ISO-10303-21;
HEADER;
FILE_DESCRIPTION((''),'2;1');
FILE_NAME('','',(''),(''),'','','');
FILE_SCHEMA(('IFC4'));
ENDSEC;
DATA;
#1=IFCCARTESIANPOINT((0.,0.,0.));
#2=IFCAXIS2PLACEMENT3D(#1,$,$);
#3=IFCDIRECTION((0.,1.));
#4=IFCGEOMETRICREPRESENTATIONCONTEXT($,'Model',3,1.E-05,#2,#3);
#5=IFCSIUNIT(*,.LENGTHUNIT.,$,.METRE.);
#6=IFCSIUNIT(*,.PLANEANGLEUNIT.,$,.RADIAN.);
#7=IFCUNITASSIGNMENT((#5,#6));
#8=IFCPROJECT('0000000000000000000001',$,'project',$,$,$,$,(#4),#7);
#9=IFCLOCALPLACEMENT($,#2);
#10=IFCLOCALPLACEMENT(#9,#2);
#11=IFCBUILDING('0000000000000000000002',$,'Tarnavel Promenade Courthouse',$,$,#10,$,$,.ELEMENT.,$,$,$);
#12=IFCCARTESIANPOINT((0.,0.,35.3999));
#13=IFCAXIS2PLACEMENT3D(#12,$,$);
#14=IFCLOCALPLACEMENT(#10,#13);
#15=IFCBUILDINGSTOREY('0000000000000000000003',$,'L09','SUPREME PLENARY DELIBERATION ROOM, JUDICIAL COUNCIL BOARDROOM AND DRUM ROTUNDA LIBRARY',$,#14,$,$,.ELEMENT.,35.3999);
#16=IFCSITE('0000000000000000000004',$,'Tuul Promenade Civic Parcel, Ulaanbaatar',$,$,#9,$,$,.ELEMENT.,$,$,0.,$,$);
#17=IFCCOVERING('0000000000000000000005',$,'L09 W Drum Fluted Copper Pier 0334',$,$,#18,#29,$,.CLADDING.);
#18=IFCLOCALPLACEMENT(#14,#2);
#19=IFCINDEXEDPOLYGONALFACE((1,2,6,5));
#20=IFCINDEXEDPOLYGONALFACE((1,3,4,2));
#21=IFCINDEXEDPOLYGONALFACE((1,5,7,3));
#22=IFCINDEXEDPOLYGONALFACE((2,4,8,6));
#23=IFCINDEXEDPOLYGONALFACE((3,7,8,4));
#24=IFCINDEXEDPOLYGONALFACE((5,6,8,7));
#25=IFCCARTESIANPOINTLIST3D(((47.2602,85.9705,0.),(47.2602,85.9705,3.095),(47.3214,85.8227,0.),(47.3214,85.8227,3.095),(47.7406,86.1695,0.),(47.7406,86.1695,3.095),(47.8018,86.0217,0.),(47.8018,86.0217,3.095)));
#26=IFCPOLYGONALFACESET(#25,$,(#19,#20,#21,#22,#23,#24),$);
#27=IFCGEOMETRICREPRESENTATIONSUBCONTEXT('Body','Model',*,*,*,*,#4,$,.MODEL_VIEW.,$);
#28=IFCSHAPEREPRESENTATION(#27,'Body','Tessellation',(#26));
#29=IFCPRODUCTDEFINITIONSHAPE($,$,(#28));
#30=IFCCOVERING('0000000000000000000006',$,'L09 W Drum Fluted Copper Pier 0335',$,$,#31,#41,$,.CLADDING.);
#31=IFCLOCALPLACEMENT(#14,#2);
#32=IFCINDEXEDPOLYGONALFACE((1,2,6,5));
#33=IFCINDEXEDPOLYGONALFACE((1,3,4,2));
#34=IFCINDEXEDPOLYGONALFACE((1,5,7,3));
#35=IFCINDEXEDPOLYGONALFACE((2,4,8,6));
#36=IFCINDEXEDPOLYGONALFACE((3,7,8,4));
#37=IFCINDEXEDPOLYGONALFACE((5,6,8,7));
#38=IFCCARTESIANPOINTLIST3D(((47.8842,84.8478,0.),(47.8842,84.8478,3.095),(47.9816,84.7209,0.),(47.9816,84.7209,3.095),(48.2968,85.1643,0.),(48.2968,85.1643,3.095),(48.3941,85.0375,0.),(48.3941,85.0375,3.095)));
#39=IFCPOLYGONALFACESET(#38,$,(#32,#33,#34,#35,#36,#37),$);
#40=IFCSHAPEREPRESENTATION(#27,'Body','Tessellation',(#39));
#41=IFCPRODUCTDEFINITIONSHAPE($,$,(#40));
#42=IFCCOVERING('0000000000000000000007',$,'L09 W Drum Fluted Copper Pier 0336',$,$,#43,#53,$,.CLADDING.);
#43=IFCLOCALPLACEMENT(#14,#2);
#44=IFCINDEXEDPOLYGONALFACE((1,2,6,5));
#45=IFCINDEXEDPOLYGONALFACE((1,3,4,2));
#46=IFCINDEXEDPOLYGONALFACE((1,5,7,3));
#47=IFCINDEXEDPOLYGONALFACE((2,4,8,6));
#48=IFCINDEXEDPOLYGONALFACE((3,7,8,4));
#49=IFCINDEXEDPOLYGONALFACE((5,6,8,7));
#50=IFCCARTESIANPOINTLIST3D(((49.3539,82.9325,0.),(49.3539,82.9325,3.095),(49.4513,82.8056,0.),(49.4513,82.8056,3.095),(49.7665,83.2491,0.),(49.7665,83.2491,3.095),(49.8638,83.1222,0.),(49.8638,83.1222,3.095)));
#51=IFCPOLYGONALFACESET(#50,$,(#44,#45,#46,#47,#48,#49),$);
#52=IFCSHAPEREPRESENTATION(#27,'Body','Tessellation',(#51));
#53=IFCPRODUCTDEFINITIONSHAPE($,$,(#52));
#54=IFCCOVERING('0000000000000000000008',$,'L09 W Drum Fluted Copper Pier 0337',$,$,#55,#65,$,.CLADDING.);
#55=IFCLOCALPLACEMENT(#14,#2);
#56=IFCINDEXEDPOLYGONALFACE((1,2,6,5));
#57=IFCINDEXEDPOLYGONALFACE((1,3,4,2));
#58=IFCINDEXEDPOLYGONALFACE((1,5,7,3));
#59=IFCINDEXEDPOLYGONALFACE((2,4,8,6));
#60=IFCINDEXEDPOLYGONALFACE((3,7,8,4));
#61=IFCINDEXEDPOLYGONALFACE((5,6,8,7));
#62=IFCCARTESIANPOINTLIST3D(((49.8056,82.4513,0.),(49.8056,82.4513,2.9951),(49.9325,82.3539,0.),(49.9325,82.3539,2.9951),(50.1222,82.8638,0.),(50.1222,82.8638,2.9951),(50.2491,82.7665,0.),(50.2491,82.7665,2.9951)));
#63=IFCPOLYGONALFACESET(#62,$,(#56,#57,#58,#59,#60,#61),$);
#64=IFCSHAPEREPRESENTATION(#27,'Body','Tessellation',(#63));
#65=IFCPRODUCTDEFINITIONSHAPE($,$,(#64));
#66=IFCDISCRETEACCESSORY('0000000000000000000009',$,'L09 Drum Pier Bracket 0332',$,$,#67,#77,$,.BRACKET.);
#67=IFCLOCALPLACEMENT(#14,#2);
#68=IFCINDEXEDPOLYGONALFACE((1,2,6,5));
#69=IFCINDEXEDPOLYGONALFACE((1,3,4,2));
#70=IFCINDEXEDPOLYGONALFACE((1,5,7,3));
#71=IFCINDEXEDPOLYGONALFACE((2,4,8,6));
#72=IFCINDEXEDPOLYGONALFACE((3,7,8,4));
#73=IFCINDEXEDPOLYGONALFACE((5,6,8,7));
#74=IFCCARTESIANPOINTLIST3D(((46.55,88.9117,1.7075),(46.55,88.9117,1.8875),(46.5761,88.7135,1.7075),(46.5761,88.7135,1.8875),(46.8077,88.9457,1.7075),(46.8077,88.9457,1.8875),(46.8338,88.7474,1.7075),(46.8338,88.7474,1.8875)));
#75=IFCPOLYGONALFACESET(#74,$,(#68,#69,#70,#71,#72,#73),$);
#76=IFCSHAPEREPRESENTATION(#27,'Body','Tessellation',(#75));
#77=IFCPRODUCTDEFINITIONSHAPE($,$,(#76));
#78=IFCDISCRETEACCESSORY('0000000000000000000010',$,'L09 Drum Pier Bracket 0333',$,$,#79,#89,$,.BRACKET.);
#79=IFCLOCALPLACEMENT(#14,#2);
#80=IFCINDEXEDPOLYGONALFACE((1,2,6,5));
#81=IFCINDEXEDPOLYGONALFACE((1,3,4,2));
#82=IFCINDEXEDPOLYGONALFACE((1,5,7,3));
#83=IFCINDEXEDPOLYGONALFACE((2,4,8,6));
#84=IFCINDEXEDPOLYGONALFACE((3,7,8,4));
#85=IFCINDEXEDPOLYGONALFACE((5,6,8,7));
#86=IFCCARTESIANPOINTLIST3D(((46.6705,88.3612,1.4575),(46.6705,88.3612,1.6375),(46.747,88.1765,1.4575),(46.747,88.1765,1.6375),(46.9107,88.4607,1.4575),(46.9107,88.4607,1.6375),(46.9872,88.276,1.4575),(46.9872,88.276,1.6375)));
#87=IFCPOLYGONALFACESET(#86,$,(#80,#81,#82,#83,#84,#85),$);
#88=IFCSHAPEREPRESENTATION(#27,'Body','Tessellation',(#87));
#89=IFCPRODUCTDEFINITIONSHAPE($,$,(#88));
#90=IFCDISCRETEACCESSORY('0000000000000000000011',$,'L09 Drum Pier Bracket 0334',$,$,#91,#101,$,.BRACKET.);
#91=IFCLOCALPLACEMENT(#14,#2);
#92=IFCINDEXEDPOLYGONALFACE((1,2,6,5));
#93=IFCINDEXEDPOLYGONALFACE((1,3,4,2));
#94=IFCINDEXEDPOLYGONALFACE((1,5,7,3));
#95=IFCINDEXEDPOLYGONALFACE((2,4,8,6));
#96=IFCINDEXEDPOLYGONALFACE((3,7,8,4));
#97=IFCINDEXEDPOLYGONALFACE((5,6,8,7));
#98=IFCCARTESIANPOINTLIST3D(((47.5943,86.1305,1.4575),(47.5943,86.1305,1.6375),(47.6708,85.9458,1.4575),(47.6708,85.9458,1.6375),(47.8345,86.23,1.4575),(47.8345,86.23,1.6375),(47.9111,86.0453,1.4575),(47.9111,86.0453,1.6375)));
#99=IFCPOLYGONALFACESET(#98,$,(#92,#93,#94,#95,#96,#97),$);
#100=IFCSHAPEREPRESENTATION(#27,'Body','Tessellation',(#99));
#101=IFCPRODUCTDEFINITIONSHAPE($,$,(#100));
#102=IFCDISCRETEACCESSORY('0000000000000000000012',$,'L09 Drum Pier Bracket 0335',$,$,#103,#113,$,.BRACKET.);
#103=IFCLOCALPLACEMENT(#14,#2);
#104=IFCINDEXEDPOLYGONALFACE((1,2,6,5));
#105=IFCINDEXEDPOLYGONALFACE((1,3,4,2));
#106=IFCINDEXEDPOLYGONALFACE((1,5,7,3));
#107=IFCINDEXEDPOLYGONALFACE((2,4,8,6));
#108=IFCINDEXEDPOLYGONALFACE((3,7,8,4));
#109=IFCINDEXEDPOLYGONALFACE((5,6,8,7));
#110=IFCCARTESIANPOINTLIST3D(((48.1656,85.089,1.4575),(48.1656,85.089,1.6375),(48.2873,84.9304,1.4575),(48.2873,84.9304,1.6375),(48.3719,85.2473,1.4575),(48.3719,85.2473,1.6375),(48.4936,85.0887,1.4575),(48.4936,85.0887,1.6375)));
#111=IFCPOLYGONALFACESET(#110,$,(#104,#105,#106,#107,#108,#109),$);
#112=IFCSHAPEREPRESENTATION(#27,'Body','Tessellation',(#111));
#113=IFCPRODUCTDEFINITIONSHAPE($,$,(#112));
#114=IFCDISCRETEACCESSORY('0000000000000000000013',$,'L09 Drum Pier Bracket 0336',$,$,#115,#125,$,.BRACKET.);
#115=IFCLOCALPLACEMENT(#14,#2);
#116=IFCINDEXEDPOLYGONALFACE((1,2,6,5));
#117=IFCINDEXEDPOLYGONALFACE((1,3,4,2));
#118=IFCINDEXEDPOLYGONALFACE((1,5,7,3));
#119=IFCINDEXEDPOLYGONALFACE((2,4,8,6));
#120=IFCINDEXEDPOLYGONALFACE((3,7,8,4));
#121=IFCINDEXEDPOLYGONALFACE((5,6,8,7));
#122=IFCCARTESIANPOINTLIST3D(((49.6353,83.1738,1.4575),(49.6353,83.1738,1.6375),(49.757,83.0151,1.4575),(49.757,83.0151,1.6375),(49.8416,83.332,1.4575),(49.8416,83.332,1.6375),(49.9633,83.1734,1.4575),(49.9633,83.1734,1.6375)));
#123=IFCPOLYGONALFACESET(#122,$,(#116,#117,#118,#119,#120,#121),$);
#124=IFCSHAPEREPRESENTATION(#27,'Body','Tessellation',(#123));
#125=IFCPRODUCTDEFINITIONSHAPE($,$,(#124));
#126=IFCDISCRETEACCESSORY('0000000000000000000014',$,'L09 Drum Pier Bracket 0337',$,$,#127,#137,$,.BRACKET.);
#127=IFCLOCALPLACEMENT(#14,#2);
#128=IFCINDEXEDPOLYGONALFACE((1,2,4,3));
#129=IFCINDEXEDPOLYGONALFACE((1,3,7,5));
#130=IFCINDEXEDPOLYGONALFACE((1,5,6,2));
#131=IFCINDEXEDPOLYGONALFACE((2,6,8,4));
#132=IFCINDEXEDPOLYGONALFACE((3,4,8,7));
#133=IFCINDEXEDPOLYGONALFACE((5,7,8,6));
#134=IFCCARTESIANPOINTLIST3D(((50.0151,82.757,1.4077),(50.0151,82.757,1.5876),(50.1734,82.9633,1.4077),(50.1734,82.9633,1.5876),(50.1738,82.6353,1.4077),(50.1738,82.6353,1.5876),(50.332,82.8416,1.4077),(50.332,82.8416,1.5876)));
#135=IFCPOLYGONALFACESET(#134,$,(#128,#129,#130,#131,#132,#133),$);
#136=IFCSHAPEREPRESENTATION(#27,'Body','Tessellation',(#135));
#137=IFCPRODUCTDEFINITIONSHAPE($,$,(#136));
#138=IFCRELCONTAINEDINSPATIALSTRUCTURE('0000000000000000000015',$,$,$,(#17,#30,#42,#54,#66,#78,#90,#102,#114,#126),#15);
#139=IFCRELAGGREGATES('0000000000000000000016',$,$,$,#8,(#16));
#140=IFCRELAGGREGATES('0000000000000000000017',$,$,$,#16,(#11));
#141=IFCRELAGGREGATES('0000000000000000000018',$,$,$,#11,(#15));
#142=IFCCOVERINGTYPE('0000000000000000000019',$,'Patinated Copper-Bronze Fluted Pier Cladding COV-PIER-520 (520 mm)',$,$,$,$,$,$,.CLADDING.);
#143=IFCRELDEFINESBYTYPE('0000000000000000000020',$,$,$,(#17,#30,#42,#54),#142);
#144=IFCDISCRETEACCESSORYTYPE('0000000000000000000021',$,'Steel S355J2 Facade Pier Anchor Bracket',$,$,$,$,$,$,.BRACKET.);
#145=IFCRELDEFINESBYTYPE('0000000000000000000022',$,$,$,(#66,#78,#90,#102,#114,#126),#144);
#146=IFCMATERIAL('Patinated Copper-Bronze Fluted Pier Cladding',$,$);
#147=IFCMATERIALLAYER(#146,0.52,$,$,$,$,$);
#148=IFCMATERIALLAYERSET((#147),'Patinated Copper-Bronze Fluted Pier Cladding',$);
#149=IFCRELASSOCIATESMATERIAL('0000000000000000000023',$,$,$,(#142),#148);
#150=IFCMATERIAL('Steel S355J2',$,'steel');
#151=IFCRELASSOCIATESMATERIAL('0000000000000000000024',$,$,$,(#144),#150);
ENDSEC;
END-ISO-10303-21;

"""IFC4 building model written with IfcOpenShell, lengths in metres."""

from ifc_helpers import new_model, si_unit, direction, frame, origin, origin_2d, place, context, subcontext, project, spatial, rectangle, extrude, material, layer, layer_set, type_object, element, save


model = new_model("IFC4")

# Units and contexts
model_context = context("Model", 3, precision=1e-05, world=origin(), true_north=direction((0.0, 1.0)))
body_context = subcontext(model_context, "Body", "Model", "MODEL_VIEW")
ifc_project = project(units=[si_unit("LENGTHUNIT", "METRE"), si_unit("PLANEANGLEUNIT", "RADIAN")], contexts=[model_context])

# Site, building, storey
site_placement = place(None, origin())
site = spatial("IfcSite", under=ifc_project, at=site_placement, Name="Tuul Promenade Civic Parcel, Ulaanbaatar", CompositionType="ELEMENT", RefElevation=0.0)
building_placement = place(site_placement, origin())
building = spatial("IfcBuilding", under=site, at=building_placement, Name="Tarnavel Promenade Courthouse", CompositionType="ELEMENT")
storey_placement = place(building_placement, frame((0.0, 0.0, 35.3999)))
storey = spatial("IfcBuildingStorey", under=building, at=storey_placement, Name="L09", Description="SUPREME PLENARY DELIBERATION ROOM, JUDICIAL COUNCIL BOARDROOM AND DRUM ROTUNDA LIBRARY", CompositionType="ELEMENT", Elevation=35.3999)

# Shared definitions
ifc_material_1 = material(Name="Steel S355J2", Category="steel")

# Coverings
ifc_material_2 = material(Name="Patinated Copper-Bronze Fluted Pier Cladding")
ifc_layer_1 = layer(ifc_material_2, 0.52)
ifc_layer_set_1 = layer_set([ifc_layer_1], Name="Patinated Copper-Bronze Fluted Pier Cladding")
covering_type = type_object("IfcCoveringType", Name="Patinated Copper-Bronze Fluted Pier Cladding COV-PIER-520 (520 mm)", PredefinedType="CLADDING", material=ifc_layer_set_1)
for number, where, z_axis, x_axis, name in (
    (1, (47.531, 85.9961, 0.0), (0.0, 0.0, 1.0), (0.382683, -0.92388, 0.0), "L09 W Drum Fluted Copper Pier 0334"),
    (2, (48.1392, 84.9426, 0.0), (0.0, 0.0, 1.0), (0.608761, -0.793353, 0.0), "L09 W Drum Fluted Copper Pier 0335"),
    (3, (49.6089, 83.0273, 0.0), (0.0, 0.0, 1.0), (0.608761, -0.793353, 0.0), "L09 W Drum Fluted Copper Pier 0336"),
):
    element("IfcCovering", number, at=place(storey_placement, frame(where, z_axis=z_axis, x_axis=x_axis)), inside=storey, type_object=covering_type, Name=name, PredefinedType="CLADDING", context=body_context, shape_type="SweptSolid", body=[
        extrude(rectangle(XDim=0.1599, YDim=0.52, at=origin_2d()), origin(), (0.0, 0.0, 1.0), 3.095),
    ])
covering_1_placement = place(storey_placement, frame((50.0273, 82.6089, 0.0), z_axis=(0.0, 0.0, 1.0), x_axis=(0.793353, -0.608761, 0.0)))
element("IfcCovering", 4, at=covering_1_placement, inside=storey, type_object=covering_type, Name="L09 W Drum Fluted Copper Pier 0337", PredefinedType="CLADDING", context=body_context, shape_type="SweptSolid", body=[
    extrude(rectangle(XDim=0.1599, YDim=0.52, at=origin_2d()), origin(), (0.0, 0.0, 1.0), 2.9951),
])

# Discrete accessories
discrete_accessory_type = type_object("IfcDiscreteAccessoryType", Name="Steel S355J2 Facade Pier Anchor Bracket", PredefinedType="BRACKET", material=ifc_material_1)
for number, where, z_axis, x_axis, name in (
    (5, (46.6919, 88.8296, 1.7075), (0.0, 0.0, 1.0), (0.130526, -0.991445, 0.0), "L09 Drum Pier Bracket 0332"),
    (6, (46.8289, 88.3186, 1.4575), (0.0, 0.0, 1.0), (0.382683, -0.92388, 0.0), "L09 Drum Pier Bracket 0333"),
    (7, (47.7527, 86.0879, 1.4575), (0.0, 0.0, 1.0), (0.382683, -0.92388, 0.0), "L09 Drum Pier Bracket 0334"),
    (8, (48.3296, 85.0889, 1.4575), (0.0, 0.0, 1.0), (0.608761, -0.793353, 0.0), "L09 Drum Pier Bracket 0335"),
    (9, (49.7993, 83.1736, 1.4575), (0.0, 0.0, 1.0), (0.608761, -0.793353, 0.0), "L09 Drum Pier Bracket 0336"),
    (10, (50.1736, 82.7993, 1.4077), (0.0, 0.0, 1.0), (0.793353, -0.608761, 0.0), "L09 Drum Pier Bracket 0337"),
):
    element("IfcDiscreteAccessory", number, at=place(storey_placement, frame(where, z_axis=z_axis, x_axis=x_axis)), inside=storey, type_object=discrete_accessory_type, Name=name, PredefinedType="BRACKET", context=body_context, shape_type="SweptSolid", body=[
        extrude(rectangle(XDim=0.2, YDim=0.26, at=origin_2d()), origin(), (0.0, 0.0, 1.0), 0.1799),
    ])

save(model, "model.ifc")
